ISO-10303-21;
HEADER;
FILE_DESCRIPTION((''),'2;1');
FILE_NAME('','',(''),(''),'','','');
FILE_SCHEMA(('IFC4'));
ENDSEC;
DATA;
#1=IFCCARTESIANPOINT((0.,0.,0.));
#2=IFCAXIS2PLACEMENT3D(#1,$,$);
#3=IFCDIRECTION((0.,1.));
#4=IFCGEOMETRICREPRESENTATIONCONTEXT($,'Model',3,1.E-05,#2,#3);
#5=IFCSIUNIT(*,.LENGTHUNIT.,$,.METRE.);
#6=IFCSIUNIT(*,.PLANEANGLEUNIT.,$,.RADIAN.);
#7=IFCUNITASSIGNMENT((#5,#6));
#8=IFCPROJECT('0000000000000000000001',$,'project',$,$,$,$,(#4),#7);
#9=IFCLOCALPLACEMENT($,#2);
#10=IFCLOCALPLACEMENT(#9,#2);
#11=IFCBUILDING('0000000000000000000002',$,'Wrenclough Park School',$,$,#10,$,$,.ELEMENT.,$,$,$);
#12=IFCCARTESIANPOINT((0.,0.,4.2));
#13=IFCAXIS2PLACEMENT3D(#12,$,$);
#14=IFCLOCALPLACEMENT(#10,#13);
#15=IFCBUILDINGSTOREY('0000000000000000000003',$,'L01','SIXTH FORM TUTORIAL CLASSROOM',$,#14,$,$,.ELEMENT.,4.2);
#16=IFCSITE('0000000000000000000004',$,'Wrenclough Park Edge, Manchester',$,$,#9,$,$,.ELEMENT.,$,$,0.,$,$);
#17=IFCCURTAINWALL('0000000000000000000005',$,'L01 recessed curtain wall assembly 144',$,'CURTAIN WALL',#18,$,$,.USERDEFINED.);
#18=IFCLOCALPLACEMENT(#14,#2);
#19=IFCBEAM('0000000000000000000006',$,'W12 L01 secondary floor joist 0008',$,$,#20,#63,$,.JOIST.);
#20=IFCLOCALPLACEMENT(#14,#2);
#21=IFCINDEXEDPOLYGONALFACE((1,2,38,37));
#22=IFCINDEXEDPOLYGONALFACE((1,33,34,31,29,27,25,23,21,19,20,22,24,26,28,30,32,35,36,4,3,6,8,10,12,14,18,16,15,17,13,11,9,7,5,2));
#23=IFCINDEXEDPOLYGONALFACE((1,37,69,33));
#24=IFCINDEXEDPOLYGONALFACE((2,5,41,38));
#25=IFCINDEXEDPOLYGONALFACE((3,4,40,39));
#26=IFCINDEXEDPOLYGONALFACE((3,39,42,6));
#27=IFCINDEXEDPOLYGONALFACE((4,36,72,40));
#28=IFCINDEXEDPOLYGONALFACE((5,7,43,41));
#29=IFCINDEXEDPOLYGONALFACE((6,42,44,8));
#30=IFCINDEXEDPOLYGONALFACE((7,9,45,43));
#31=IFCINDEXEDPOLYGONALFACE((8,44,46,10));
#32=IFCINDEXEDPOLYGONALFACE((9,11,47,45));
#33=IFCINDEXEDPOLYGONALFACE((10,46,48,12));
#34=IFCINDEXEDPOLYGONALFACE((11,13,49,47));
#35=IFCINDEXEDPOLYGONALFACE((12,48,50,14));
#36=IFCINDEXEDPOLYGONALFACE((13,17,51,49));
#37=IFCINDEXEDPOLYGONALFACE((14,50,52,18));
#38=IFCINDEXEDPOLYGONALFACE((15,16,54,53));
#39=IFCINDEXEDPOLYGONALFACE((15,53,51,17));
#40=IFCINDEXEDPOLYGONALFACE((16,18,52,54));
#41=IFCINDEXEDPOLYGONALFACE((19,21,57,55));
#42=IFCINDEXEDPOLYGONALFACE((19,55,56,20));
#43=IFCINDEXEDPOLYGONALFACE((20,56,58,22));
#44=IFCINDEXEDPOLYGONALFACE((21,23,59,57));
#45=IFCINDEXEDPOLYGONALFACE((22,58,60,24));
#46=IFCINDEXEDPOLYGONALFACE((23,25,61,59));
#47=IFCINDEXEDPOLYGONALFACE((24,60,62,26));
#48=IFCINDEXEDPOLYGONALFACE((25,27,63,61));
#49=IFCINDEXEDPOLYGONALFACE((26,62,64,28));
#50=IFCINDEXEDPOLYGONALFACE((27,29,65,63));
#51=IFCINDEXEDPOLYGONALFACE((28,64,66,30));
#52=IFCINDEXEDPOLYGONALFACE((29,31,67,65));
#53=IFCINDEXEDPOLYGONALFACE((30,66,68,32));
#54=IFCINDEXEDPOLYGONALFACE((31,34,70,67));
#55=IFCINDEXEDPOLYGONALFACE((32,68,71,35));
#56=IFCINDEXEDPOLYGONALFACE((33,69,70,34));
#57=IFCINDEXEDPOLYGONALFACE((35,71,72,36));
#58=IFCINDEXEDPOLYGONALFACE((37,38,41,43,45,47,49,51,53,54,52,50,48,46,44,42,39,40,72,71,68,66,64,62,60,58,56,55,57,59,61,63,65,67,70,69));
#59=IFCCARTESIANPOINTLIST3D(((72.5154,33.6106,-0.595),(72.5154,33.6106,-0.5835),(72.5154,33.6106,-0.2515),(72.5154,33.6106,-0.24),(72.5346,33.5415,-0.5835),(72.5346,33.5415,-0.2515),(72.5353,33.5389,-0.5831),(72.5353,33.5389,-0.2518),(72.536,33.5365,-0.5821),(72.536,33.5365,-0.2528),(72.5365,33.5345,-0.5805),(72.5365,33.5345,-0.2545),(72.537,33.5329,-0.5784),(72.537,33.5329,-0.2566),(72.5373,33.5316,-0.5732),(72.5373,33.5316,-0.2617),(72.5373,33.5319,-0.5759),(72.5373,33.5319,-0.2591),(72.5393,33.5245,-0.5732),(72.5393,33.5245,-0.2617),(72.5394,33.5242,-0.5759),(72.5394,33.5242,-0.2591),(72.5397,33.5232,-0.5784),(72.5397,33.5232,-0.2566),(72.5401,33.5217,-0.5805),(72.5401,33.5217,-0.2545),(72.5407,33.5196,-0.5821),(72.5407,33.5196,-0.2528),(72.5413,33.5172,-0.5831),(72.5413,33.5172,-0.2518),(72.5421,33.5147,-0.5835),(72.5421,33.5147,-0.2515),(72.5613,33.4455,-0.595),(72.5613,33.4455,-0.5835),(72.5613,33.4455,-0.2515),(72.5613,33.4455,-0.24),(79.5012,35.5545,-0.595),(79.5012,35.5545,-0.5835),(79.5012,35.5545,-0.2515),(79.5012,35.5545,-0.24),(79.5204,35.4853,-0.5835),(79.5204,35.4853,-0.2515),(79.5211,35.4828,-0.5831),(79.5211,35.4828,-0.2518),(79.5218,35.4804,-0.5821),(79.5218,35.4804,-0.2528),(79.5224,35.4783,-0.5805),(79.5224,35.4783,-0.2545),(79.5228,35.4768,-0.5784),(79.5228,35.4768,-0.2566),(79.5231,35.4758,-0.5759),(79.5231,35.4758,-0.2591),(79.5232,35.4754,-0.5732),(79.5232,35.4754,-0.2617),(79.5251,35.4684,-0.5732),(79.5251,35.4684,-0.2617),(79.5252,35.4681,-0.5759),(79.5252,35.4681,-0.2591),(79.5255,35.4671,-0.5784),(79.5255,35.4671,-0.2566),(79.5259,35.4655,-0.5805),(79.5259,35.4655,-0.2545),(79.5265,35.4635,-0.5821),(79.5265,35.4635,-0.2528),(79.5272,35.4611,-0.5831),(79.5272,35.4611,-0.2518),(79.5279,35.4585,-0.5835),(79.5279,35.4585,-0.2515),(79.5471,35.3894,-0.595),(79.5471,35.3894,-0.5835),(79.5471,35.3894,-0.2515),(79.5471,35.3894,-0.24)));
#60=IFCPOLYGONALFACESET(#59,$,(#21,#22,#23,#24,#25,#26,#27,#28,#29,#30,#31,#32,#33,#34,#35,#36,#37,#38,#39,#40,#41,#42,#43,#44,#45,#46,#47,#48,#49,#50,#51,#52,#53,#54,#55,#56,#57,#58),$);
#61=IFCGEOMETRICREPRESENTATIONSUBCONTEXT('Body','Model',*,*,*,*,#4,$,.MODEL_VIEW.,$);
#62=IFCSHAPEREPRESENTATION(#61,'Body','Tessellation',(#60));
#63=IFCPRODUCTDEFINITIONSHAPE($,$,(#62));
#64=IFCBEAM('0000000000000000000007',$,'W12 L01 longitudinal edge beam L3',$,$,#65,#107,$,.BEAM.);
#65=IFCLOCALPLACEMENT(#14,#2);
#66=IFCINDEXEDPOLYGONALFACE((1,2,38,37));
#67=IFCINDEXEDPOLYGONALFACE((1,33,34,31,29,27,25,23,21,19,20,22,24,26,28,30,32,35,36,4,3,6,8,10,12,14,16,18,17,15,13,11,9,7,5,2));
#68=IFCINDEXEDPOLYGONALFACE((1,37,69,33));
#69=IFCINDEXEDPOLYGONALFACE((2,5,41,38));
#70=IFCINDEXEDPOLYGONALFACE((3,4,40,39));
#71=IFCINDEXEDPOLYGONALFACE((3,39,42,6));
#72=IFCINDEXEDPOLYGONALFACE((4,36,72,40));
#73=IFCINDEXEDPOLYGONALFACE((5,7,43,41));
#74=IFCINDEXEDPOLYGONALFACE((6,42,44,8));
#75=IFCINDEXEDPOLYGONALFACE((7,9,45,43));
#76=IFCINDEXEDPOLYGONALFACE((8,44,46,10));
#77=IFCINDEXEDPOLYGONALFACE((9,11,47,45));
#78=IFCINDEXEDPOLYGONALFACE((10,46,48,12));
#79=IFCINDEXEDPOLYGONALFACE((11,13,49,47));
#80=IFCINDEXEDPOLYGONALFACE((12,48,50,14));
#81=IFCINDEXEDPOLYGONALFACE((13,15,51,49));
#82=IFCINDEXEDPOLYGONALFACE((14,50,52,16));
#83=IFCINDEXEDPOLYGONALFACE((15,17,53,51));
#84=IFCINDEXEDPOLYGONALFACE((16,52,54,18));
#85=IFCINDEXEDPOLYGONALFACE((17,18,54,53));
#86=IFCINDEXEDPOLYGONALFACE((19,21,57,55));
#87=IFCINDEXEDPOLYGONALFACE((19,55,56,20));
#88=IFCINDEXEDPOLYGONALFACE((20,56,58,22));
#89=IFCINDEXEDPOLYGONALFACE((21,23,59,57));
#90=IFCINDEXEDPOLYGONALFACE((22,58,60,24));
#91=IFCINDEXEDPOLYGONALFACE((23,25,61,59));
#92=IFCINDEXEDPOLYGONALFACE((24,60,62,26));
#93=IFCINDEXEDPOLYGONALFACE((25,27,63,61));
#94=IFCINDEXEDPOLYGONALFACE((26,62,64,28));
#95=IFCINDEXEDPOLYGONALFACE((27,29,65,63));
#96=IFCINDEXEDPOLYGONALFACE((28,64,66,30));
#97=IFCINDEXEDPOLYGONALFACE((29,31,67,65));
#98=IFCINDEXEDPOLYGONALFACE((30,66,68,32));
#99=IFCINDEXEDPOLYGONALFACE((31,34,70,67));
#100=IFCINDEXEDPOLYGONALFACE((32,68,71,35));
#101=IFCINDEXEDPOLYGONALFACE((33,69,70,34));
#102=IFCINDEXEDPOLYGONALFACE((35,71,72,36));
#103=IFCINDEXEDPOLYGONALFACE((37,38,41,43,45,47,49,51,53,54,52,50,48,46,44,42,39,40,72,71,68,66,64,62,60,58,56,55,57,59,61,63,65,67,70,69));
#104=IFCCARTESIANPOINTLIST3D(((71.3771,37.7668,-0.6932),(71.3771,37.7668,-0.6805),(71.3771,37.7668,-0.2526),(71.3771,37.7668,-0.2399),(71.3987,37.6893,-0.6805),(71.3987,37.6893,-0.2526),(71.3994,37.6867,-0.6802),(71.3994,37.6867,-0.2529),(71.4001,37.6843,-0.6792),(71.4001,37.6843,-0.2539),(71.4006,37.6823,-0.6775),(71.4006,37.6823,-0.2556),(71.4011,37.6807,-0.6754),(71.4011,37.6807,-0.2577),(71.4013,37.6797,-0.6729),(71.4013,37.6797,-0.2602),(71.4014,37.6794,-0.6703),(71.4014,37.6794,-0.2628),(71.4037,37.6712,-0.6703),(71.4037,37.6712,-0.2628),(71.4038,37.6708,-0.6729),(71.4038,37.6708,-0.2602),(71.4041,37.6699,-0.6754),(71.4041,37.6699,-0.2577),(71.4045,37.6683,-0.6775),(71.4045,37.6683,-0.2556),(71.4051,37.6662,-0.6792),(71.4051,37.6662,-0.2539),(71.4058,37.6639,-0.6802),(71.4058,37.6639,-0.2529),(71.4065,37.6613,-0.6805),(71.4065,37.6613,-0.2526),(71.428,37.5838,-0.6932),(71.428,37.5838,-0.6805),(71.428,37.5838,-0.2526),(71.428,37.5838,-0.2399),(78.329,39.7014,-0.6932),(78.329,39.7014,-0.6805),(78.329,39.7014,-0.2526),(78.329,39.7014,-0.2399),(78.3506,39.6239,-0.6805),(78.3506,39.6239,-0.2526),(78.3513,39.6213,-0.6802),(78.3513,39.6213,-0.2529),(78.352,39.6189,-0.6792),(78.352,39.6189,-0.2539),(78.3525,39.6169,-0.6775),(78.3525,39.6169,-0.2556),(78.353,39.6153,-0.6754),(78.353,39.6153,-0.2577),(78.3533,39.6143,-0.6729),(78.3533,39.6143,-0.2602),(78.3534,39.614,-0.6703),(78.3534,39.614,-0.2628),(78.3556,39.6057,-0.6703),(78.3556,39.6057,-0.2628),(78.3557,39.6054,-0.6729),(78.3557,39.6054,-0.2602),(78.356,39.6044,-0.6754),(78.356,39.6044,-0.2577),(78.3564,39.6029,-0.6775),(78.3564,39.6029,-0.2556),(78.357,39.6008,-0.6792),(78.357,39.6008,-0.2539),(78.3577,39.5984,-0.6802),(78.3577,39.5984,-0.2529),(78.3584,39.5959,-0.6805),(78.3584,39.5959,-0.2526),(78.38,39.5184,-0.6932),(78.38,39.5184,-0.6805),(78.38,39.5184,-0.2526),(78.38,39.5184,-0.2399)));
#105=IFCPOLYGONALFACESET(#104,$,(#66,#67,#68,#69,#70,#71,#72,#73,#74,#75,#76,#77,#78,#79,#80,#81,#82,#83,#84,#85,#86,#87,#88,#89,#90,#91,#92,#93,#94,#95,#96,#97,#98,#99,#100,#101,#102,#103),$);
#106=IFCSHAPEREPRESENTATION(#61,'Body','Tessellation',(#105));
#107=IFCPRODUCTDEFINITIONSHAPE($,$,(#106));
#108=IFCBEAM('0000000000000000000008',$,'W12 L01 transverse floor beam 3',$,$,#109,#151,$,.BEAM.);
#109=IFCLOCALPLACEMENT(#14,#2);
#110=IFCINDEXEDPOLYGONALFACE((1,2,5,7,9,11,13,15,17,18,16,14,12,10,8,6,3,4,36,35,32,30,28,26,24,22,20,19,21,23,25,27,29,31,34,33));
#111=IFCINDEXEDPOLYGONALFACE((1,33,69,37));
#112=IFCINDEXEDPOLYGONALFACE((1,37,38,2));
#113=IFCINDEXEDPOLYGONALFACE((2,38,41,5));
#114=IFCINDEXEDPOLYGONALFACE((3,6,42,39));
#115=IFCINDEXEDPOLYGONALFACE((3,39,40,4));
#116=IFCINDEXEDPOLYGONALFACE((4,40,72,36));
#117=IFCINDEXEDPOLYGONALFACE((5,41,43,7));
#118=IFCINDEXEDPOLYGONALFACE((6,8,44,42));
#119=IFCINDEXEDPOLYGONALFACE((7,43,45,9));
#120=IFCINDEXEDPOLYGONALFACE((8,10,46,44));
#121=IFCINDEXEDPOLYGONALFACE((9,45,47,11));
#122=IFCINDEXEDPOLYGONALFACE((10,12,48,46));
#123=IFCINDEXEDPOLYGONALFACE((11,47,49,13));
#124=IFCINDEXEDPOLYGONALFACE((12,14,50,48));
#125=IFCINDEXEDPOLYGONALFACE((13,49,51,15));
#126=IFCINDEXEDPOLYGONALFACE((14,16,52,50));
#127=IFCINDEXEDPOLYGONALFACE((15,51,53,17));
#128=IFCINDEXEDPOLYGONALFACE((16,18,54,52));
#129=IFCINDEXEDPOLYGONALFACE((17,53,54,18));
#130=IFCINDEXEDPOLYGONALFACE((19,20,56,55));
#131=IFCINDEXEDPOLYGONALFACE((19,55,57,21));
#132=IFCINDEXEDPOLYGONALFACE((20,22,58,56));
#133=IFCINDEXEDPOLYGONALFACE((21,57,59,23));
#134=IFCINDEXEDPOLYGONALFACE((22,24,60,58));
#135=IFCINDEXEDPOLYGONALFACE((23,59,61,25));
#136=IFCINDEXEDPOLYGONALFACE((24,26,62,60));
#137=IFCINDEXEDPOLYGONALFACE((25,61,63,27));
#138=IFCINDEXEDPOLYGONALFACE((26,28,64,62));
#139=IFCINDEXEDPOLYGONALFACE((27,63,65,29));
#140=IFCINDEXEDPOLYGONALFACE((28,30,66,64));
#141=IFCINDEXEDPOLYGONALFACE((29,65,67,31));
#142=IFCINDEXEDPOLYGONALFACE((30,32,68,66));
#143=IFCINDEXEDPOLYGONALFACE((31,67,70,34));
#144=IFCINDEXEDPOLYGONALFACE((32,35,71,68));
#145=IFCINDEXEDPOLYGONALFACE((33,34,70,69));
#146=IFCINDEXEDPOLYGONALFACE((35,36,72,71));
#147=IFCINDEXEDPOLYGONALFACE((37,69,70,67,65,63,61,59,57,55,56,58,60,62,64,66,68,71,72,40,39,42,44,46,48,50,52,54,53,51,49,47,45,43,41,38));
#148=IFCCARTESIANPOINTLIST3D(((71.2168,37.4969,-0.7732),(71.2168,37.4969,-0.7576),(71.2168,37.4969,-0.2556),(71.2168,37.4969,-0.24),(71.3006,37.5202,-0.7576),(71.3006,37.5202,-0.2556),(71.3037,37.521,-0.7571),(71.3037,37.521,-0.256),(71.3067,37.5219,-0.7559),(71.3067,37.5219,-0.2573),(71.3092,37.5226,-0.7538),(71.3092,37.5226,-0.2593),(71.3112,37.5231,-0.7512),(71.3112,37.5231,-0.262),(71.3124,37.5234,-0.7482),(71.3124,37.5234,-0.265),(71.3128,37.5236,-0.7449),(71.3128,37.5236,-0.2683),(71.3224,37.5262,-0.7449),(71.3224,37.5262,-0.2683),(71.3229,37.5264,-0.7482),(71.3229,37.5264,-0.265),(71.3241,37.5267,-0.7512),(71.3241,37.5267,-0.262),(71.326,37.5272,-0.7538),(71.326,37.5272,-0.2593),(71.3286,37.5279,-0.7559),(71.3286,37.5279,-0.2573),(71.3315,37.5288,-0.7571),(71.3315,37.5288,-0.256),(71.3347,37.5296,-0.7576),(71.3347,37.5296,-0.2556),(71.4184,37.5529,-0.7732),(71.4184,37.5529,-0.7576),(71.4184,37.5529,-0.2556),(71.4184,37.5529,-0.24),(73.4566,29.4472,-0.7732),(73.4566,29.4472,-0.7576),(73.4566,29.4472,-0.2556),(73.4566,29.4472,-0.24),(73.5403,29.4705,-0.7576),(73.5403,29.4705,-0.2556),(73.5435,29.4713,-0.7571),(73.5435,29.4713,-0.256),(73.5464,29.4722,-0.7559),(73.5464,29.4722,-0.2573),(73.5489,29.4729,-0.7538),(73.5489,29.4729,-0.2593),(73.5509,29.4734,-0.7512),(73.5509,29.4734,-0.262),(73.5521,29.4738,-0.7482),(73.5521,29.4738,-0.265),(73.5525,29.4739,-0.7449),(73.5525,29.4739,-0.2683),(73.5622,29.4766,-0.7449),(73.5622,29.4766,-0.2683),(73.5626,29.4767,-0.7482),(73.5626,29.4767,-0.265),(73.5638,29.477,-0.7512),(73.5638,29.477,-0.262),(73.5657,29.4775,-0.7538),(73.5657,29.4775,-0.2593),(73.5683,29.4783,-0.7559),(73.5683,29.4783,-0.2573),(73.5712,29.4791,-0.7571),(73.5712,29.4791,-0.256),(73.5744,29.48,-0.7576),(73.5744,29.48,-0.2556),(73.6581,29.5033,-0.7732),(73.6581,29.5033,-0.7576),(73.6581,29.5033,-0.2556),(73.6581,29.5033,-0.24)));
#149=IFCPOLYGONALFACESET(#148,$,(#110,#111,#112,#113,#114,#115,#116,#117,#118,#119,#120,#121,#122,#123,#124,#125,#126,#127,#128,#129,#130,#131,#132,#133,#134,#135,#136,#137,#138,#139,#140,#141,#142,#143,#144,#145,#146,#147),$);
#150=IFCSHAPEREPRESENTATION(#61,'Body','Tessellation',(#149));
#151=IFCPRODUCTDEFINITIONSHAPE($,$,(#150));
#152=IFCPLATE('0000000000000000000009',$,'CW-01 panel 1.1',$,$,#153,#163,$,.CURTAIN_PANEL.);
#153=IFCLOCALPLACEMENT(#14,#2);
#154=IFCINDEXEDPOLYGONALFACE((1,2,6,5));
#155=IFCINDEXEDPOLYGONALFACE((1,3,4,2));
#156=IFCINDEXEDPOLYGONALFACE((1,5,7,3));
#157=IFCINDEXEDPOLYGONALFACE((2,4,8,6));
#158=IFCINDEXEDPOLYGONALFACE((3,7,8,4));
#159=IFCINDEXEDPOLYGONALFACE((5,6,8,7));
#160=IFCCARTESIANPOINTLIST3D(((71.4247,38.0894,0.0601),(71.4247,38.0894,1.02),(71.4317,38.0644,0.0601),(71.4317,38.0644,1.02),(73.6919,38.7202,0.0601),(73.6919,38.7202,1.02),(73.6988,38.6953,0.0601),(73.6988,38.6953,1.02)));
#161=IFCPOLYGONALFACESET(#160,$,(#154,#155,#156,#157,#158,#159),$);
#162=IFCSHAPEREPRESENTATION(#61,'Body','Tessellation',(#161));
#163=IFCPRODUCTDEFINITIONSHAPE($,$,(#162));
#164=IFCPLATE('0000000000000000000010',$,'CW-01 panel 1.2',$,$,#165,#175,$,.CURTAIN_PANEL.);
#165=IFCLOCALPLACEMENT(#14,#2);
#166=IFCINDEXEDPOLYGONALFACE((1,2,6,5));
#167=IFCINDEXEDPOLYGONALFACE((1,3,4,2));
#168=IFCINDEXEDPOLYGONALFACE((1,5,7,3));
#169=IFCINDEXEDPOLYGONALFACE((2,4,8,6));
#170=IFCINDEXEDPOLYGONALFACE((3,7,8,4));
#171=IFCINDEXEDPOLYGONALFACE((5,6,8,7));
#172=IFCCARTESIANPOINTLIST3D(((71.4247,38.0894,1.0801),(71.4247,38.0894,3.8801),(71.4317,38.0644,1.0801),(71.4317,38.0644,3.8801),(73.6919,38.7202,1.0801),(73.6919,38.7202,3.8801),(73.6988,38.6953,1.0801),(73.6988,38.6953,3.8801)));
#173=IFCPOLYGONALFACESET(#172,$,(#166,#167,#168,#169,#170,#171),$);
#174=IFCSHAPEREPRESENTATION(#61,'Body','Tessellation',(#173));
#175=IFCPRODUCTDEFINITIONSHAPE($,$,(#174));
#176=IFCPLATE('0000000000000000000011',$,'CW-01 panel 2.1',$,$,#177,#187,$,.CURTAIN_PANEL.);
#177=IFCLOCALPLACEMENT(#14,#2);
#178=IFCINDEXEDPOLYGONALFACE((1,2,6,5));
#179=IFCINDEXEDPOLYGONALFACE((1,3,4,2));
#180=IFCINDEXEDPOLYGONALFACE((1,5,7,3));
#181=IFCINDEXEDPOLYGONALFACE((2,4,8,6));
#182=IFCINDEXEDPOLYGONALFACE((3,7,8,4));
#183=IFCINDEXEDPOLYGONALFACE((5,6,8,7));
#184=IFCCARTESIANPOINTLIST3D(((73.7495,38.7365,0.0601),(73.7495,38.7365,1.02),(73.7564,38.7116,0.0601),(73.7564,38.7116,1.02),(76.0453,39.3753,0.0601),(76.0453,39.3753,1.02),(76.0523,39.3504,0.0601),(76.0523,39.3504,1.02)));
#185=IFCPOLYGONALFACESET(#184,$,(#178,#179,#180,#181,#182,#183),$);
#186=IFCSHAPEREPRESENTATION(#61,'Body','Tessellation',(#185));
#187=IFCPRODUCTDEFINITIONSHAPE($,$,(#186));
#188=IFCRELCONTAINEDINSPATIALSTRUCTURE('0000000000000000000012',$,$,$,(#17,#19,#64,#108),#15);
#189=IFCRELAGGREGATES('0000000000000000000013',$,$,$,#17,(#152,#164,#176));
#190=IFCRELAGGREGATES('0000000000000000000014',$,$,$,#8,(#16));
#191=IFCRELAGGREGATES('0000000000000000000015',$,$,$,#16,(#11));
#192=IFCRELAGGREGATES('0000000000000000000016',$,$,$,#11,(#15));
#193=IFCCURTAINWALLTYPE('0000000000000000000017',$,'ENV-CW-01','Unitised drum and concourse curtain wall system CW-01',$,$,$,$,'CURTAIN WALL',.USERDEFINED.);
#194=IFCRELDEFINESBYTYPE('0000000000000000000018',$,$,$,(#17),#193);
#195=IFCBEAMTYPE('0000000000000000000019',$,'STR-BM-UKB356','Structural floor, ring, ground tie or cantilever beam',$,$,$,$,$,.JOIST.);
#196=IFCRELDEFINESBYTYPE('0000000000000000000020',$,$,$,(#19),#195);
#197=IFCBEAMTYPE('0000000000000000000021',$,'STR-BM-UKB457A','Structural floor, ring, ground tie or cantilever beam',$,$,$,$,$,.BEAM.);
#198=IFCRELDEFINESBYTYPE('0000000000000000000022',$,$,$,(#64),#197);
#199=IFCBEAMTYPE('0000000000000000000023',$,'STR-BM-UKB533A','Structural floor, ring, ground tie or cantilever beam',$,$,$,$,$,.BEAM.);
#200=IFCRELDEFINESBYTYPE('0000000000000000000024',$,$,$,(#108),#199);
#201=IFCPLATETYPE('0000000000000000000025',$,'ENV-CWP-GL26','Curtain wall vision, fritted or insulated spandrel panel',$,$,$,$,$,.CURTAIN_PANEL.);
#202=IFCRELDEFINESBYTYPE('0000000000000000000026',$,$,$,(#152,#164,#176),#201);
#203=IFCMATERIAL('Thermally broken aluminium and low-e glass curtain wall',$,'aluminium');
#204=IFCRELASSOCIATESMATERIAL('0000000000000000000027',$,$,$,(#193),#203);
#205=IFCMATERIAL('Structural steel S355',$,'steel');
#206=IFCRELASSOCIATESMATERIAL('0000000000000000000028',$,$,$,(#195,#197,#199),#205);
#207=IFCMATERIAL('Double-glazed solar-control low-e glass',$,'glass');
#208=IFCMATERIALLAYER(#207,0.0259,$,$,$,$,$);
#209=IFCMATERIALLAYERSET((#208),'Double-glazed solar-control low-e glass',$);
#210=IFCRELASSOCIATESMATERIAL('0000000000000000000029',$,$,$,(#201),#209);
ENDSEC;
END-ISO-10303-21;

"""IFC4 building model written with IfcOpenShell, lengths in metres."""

from ifc_helpers import new_model, si_unit, direction, frame, origin, origin_2d, place, context, subcontext, project, spatial, rectangle, i_section, extrude, material, layer, layer_set, material_profile, profile_set, type_object, element, aggregate, save


model = new_model("IFC4")

# Units and contexts
model_context = context("Model", 3, precision=1e-05, world=origin(), true_north=direction((0.0, 1.0)))
body_context = subcontext(model_context, "Body", "Model", "MODEL_VIEW")
ifc_project = project(units=[si_unit("LENGTHUNIT", "METRE"), si_unit("PLANEANGLEUNIT", "RADIAN")], contexts=[model_context])

# Site, building, storey
site_placement = place(None, origin())
site = spatial("IfcSite", under=ifc_project, at=site_placement, Name="Wrenclough Park Edge, Manchester", CompositionType="ELEMENT", RefElevation=0.0)
building_placement = place(site_placement, origin())
building = spatial("IfcBuilding", under=site, at=building_placement, Name="Wrenclough Park School", CompositionType="ELEMENT")
storey_placement = place(building_placement, frame((0.0, 0.0, 4.2)))
storey = spatial("IfcBuildingStorey", under=building, at=storey_placement, Name="L01", Description="SIXTH FORM TUTORIAL CLASSROOM", CompositionType="ELEMENT", Elevation=4.2)

# Shared definitions
ifc_material_1 = material(Name="Structural steel S355", Category="steel")

# Curtain wall
ifc_material_2 = material(Name="Thermally broken aluminium and low-e glass curtain wall", Category="aluminium")
curtain_wall_type_1 = type_object("IfcCurtainWallType", Name="ENV-CW-01", Description="Unitised drum and concourse curtain wall system CW-01", ElementType="CURTAIN WALL", PredefinedType="USERDEFINED", material=ifc_material_2)
curtain_wall_1_placement = place(storey_placement, origin())
curtain_wall_1 = element("IfcCurtainWall", 1, at=curtain_wall_1_placement, inside=storey, type_object=curtain_wall_type_1, Name="L01 recessed curtain wall assembly 144", ObjectType="CURTAIN WALL", PredefinedType="USERDEFINED")

# Beams
ifc_material_profile_1 = material_profile(ifc_material_1, i_section(OverallWidth=0.1714, OverallDepth=0.355, WebThickness=0.0073, FlangeThickness=0.0115, FilletRadius=0.0103, at=origin_2d()), Name="UKB 356x171x51")
ifc_profile_set_1 = profile_set([ifc_material_profile_1], Name="Structural steel S355")
beam_type_1 = type_object("IfcBeamType", Name="STR-BM-UKB356", Description="Structural floor, ring, ground tie or cantilever beam", PredefinedType="JOIST", material=ifc_profile_set_1)
beam_1_placement = place(storey_placement, frame((72.5383, 33.5281, -0.4175), z_axis=(0.963399, 0.268071, 0.0), x_axis=(-0.268071, 0.963399, 0.0)))
element("IfcBeam", 2, at=beam_1_placement, inside=storey, type_object=beam_type_1, Name="W12 L01 secondary floor joist 0008", PredefinedType="JOIST", context=body_context, shape_type="SweptSolid", body=[
    extrude(i_section(OverallWidth=0.1714, OverallDepth=0.355, WebThickness=0.0073, FlangeThickness=0.0115, FilletRadius=0.0103, at=origin_2d()), origin(), (0.0, 0.0, 1.0), 7.2512),
])
ifc_material_profile_2 = material_profile(ifc_material_1, i_section(OverallWidth=0.1899, OverallDepth=0.4534, WebThickness=0.0085, FlangeThickness=0.0127, FilletRadius=0.0103, at=origin_2d()), Name="UKB 457x191x67")
ifc_profile_set_2 = profile_set([ifc_material_profile_2], Name="Structural steel S355")
beam_type_2 = type_object("IfcBeamType", Name="STR-BM-UKB457A", Description="Structural floor, ring, ground tie or cantilever beam", PredefinedType="BEAM", material=ifc_profile_set_2)
beam_2_placement = place(storey_placement, frame((71.4026, 37.6753, -0.4666), z_axis=(0.963393, 0.268092, 0.0), x_axis=(-0.268092, 0.963393, 0.0)))
element("IfcBeam", 3, at=beam_2_placement, inside=storey, type_object=beam_type_2, Name="W12 L01 longitudinal edge beam L3", PredefinedType="BEAM", context=body_context, shape_type="SweptSolid", body=[
    extrude(i_section(OverallWidth=0.1899, OverallDepth=0.4534, WebThickness=0.0085, FlangeThickness=0.0127, FilletRadius=0.0103, at=origin_2d()), origin(), (0.0, 0.0, 1.0), 7.2161),
])
ifc_material_profile_3 = material_profile(ifc_material_1, i_section(OverallWidth=0.2092, OverallDepth=0.5332, WebThickness=0.01, FlangeThickness=0.0156, FilletRadius=0.0127, at=origin_2d()), Name="UKB 533x210x92")
ifc_profile_set_3 = profile_set([ifc_material_profile_3], Name="Structural steel S355")
beam_type_3 = type_object("IfcBeamType", Name="STR-BM-UKB533A", Description="Structural floor, ring, ground tie or cantilever beam", PredefinedType="BEAM", material=ifc_profile_set_3)
beam_3_placement = place(storey_placement, frame((71.3176, 37.5249, -0.5066), z_axis=(0.268054, -0.963404, 0.0), x_axis=(0.963404, 0.268054, 0.0)))
element("IfcBeam", 4, at=beam_3_placement, inside=storey, type_object=beam_type_3, Name="W12 L01 transverse floor beam 3", PredefinedType="BEAM", context=body_context, shape_type="SweptSolid", body=[
    extrude(i_section(OverallWidth=0.2092, OverallDepth=0.5332, WebThickness=0.01, FlangeThickness=0.0156, FilletRadius=0.0127, at=origin_2d()), origin(), (0.0, 0.0, 1.0), 8.3555),
])

# Plates
ifc_material_3 = material(Name="Double-glazed solar-control low-e glass", Category="glass")
ifc_layer_1 = layer(ifc_material_3, 0.0259)
ifc_layer_set_1 = layer_set([ifc_layer_1], Name="Double-glazed solar-control low-e glass")
plate_type_1 = type_object("IfcPlateType", Name="ENV-CWP-GL26", Description="Curtain wall vision, fritted or insulated spandrel panel", PredefinedType="CURTAIN_PANEL", material=ifc_layer_set_1)
plate_1_placement = place(storey_placement, frame((72.5618, 38.3923, 0.0601), z_axis=(0.0, 0.0, 1.0), x_axis=(0.963396, 0.268082, 0.0)))
plate_1 = element("IfcPlate", 5, at=plate_1_placement, type_object=plate_type_1, Name="CW-01 panel 1.1", PredefinedType="CURTAIN_PANEL", context=body_context, shape_type="SweptSolid", body=[
    extrude(rectangle(XDim=2.3533, YDim=0.0259, at=origin_2d()), origin(), (0.0, 0.0, 1.0), 0.96),
])
plate_2_placement = place(storey_placement, frame((72.5618, 38.3923, 1.0801), z_axis=(0.0, 0.0, 1.0), x_axis=(0.963396, 0.268082, 0.0)))
plate_2 = element("IfcPlate", 6, at=plate_2_placement, type_object=plate_type_1, Name="CW-01 panel 1.2", PredefinedType="CURTAIN_PANEL", context=body_context, shape_type="SweptSolid", body=[
    extrude(rectangle(XDim=2.3533, YDim=0.0259, at=origin_2d()), origin(), (0.0, 0.0, 1.0), 2.8),
])
plate_3_placement = place(storey_placement, frame((74.9009, 39.0435, 0.0601), z_axis=(0.0, 0.0, 1.0), x_axis=(0.963396, 0.268082, 0.0)))
plate_3 = element("IfcPlate", 7, at=plate_3_placement, type_object=plate_type_1, Name="CW-01 panel 2.1", PredefinedType="CURTAIN_PANEL", context=body_context, shape_type="SweptSolid", body=[
    extrude(rectangle(XDim=2.3831, YDim=0.0259, at=origin_2d()), origin(), (0.0, 0.0, 1.0), 0.96),
])
aggregate(curtain_wall_1, [plate_1, plate_2, plate_3])

save(model, "model.ifc")
